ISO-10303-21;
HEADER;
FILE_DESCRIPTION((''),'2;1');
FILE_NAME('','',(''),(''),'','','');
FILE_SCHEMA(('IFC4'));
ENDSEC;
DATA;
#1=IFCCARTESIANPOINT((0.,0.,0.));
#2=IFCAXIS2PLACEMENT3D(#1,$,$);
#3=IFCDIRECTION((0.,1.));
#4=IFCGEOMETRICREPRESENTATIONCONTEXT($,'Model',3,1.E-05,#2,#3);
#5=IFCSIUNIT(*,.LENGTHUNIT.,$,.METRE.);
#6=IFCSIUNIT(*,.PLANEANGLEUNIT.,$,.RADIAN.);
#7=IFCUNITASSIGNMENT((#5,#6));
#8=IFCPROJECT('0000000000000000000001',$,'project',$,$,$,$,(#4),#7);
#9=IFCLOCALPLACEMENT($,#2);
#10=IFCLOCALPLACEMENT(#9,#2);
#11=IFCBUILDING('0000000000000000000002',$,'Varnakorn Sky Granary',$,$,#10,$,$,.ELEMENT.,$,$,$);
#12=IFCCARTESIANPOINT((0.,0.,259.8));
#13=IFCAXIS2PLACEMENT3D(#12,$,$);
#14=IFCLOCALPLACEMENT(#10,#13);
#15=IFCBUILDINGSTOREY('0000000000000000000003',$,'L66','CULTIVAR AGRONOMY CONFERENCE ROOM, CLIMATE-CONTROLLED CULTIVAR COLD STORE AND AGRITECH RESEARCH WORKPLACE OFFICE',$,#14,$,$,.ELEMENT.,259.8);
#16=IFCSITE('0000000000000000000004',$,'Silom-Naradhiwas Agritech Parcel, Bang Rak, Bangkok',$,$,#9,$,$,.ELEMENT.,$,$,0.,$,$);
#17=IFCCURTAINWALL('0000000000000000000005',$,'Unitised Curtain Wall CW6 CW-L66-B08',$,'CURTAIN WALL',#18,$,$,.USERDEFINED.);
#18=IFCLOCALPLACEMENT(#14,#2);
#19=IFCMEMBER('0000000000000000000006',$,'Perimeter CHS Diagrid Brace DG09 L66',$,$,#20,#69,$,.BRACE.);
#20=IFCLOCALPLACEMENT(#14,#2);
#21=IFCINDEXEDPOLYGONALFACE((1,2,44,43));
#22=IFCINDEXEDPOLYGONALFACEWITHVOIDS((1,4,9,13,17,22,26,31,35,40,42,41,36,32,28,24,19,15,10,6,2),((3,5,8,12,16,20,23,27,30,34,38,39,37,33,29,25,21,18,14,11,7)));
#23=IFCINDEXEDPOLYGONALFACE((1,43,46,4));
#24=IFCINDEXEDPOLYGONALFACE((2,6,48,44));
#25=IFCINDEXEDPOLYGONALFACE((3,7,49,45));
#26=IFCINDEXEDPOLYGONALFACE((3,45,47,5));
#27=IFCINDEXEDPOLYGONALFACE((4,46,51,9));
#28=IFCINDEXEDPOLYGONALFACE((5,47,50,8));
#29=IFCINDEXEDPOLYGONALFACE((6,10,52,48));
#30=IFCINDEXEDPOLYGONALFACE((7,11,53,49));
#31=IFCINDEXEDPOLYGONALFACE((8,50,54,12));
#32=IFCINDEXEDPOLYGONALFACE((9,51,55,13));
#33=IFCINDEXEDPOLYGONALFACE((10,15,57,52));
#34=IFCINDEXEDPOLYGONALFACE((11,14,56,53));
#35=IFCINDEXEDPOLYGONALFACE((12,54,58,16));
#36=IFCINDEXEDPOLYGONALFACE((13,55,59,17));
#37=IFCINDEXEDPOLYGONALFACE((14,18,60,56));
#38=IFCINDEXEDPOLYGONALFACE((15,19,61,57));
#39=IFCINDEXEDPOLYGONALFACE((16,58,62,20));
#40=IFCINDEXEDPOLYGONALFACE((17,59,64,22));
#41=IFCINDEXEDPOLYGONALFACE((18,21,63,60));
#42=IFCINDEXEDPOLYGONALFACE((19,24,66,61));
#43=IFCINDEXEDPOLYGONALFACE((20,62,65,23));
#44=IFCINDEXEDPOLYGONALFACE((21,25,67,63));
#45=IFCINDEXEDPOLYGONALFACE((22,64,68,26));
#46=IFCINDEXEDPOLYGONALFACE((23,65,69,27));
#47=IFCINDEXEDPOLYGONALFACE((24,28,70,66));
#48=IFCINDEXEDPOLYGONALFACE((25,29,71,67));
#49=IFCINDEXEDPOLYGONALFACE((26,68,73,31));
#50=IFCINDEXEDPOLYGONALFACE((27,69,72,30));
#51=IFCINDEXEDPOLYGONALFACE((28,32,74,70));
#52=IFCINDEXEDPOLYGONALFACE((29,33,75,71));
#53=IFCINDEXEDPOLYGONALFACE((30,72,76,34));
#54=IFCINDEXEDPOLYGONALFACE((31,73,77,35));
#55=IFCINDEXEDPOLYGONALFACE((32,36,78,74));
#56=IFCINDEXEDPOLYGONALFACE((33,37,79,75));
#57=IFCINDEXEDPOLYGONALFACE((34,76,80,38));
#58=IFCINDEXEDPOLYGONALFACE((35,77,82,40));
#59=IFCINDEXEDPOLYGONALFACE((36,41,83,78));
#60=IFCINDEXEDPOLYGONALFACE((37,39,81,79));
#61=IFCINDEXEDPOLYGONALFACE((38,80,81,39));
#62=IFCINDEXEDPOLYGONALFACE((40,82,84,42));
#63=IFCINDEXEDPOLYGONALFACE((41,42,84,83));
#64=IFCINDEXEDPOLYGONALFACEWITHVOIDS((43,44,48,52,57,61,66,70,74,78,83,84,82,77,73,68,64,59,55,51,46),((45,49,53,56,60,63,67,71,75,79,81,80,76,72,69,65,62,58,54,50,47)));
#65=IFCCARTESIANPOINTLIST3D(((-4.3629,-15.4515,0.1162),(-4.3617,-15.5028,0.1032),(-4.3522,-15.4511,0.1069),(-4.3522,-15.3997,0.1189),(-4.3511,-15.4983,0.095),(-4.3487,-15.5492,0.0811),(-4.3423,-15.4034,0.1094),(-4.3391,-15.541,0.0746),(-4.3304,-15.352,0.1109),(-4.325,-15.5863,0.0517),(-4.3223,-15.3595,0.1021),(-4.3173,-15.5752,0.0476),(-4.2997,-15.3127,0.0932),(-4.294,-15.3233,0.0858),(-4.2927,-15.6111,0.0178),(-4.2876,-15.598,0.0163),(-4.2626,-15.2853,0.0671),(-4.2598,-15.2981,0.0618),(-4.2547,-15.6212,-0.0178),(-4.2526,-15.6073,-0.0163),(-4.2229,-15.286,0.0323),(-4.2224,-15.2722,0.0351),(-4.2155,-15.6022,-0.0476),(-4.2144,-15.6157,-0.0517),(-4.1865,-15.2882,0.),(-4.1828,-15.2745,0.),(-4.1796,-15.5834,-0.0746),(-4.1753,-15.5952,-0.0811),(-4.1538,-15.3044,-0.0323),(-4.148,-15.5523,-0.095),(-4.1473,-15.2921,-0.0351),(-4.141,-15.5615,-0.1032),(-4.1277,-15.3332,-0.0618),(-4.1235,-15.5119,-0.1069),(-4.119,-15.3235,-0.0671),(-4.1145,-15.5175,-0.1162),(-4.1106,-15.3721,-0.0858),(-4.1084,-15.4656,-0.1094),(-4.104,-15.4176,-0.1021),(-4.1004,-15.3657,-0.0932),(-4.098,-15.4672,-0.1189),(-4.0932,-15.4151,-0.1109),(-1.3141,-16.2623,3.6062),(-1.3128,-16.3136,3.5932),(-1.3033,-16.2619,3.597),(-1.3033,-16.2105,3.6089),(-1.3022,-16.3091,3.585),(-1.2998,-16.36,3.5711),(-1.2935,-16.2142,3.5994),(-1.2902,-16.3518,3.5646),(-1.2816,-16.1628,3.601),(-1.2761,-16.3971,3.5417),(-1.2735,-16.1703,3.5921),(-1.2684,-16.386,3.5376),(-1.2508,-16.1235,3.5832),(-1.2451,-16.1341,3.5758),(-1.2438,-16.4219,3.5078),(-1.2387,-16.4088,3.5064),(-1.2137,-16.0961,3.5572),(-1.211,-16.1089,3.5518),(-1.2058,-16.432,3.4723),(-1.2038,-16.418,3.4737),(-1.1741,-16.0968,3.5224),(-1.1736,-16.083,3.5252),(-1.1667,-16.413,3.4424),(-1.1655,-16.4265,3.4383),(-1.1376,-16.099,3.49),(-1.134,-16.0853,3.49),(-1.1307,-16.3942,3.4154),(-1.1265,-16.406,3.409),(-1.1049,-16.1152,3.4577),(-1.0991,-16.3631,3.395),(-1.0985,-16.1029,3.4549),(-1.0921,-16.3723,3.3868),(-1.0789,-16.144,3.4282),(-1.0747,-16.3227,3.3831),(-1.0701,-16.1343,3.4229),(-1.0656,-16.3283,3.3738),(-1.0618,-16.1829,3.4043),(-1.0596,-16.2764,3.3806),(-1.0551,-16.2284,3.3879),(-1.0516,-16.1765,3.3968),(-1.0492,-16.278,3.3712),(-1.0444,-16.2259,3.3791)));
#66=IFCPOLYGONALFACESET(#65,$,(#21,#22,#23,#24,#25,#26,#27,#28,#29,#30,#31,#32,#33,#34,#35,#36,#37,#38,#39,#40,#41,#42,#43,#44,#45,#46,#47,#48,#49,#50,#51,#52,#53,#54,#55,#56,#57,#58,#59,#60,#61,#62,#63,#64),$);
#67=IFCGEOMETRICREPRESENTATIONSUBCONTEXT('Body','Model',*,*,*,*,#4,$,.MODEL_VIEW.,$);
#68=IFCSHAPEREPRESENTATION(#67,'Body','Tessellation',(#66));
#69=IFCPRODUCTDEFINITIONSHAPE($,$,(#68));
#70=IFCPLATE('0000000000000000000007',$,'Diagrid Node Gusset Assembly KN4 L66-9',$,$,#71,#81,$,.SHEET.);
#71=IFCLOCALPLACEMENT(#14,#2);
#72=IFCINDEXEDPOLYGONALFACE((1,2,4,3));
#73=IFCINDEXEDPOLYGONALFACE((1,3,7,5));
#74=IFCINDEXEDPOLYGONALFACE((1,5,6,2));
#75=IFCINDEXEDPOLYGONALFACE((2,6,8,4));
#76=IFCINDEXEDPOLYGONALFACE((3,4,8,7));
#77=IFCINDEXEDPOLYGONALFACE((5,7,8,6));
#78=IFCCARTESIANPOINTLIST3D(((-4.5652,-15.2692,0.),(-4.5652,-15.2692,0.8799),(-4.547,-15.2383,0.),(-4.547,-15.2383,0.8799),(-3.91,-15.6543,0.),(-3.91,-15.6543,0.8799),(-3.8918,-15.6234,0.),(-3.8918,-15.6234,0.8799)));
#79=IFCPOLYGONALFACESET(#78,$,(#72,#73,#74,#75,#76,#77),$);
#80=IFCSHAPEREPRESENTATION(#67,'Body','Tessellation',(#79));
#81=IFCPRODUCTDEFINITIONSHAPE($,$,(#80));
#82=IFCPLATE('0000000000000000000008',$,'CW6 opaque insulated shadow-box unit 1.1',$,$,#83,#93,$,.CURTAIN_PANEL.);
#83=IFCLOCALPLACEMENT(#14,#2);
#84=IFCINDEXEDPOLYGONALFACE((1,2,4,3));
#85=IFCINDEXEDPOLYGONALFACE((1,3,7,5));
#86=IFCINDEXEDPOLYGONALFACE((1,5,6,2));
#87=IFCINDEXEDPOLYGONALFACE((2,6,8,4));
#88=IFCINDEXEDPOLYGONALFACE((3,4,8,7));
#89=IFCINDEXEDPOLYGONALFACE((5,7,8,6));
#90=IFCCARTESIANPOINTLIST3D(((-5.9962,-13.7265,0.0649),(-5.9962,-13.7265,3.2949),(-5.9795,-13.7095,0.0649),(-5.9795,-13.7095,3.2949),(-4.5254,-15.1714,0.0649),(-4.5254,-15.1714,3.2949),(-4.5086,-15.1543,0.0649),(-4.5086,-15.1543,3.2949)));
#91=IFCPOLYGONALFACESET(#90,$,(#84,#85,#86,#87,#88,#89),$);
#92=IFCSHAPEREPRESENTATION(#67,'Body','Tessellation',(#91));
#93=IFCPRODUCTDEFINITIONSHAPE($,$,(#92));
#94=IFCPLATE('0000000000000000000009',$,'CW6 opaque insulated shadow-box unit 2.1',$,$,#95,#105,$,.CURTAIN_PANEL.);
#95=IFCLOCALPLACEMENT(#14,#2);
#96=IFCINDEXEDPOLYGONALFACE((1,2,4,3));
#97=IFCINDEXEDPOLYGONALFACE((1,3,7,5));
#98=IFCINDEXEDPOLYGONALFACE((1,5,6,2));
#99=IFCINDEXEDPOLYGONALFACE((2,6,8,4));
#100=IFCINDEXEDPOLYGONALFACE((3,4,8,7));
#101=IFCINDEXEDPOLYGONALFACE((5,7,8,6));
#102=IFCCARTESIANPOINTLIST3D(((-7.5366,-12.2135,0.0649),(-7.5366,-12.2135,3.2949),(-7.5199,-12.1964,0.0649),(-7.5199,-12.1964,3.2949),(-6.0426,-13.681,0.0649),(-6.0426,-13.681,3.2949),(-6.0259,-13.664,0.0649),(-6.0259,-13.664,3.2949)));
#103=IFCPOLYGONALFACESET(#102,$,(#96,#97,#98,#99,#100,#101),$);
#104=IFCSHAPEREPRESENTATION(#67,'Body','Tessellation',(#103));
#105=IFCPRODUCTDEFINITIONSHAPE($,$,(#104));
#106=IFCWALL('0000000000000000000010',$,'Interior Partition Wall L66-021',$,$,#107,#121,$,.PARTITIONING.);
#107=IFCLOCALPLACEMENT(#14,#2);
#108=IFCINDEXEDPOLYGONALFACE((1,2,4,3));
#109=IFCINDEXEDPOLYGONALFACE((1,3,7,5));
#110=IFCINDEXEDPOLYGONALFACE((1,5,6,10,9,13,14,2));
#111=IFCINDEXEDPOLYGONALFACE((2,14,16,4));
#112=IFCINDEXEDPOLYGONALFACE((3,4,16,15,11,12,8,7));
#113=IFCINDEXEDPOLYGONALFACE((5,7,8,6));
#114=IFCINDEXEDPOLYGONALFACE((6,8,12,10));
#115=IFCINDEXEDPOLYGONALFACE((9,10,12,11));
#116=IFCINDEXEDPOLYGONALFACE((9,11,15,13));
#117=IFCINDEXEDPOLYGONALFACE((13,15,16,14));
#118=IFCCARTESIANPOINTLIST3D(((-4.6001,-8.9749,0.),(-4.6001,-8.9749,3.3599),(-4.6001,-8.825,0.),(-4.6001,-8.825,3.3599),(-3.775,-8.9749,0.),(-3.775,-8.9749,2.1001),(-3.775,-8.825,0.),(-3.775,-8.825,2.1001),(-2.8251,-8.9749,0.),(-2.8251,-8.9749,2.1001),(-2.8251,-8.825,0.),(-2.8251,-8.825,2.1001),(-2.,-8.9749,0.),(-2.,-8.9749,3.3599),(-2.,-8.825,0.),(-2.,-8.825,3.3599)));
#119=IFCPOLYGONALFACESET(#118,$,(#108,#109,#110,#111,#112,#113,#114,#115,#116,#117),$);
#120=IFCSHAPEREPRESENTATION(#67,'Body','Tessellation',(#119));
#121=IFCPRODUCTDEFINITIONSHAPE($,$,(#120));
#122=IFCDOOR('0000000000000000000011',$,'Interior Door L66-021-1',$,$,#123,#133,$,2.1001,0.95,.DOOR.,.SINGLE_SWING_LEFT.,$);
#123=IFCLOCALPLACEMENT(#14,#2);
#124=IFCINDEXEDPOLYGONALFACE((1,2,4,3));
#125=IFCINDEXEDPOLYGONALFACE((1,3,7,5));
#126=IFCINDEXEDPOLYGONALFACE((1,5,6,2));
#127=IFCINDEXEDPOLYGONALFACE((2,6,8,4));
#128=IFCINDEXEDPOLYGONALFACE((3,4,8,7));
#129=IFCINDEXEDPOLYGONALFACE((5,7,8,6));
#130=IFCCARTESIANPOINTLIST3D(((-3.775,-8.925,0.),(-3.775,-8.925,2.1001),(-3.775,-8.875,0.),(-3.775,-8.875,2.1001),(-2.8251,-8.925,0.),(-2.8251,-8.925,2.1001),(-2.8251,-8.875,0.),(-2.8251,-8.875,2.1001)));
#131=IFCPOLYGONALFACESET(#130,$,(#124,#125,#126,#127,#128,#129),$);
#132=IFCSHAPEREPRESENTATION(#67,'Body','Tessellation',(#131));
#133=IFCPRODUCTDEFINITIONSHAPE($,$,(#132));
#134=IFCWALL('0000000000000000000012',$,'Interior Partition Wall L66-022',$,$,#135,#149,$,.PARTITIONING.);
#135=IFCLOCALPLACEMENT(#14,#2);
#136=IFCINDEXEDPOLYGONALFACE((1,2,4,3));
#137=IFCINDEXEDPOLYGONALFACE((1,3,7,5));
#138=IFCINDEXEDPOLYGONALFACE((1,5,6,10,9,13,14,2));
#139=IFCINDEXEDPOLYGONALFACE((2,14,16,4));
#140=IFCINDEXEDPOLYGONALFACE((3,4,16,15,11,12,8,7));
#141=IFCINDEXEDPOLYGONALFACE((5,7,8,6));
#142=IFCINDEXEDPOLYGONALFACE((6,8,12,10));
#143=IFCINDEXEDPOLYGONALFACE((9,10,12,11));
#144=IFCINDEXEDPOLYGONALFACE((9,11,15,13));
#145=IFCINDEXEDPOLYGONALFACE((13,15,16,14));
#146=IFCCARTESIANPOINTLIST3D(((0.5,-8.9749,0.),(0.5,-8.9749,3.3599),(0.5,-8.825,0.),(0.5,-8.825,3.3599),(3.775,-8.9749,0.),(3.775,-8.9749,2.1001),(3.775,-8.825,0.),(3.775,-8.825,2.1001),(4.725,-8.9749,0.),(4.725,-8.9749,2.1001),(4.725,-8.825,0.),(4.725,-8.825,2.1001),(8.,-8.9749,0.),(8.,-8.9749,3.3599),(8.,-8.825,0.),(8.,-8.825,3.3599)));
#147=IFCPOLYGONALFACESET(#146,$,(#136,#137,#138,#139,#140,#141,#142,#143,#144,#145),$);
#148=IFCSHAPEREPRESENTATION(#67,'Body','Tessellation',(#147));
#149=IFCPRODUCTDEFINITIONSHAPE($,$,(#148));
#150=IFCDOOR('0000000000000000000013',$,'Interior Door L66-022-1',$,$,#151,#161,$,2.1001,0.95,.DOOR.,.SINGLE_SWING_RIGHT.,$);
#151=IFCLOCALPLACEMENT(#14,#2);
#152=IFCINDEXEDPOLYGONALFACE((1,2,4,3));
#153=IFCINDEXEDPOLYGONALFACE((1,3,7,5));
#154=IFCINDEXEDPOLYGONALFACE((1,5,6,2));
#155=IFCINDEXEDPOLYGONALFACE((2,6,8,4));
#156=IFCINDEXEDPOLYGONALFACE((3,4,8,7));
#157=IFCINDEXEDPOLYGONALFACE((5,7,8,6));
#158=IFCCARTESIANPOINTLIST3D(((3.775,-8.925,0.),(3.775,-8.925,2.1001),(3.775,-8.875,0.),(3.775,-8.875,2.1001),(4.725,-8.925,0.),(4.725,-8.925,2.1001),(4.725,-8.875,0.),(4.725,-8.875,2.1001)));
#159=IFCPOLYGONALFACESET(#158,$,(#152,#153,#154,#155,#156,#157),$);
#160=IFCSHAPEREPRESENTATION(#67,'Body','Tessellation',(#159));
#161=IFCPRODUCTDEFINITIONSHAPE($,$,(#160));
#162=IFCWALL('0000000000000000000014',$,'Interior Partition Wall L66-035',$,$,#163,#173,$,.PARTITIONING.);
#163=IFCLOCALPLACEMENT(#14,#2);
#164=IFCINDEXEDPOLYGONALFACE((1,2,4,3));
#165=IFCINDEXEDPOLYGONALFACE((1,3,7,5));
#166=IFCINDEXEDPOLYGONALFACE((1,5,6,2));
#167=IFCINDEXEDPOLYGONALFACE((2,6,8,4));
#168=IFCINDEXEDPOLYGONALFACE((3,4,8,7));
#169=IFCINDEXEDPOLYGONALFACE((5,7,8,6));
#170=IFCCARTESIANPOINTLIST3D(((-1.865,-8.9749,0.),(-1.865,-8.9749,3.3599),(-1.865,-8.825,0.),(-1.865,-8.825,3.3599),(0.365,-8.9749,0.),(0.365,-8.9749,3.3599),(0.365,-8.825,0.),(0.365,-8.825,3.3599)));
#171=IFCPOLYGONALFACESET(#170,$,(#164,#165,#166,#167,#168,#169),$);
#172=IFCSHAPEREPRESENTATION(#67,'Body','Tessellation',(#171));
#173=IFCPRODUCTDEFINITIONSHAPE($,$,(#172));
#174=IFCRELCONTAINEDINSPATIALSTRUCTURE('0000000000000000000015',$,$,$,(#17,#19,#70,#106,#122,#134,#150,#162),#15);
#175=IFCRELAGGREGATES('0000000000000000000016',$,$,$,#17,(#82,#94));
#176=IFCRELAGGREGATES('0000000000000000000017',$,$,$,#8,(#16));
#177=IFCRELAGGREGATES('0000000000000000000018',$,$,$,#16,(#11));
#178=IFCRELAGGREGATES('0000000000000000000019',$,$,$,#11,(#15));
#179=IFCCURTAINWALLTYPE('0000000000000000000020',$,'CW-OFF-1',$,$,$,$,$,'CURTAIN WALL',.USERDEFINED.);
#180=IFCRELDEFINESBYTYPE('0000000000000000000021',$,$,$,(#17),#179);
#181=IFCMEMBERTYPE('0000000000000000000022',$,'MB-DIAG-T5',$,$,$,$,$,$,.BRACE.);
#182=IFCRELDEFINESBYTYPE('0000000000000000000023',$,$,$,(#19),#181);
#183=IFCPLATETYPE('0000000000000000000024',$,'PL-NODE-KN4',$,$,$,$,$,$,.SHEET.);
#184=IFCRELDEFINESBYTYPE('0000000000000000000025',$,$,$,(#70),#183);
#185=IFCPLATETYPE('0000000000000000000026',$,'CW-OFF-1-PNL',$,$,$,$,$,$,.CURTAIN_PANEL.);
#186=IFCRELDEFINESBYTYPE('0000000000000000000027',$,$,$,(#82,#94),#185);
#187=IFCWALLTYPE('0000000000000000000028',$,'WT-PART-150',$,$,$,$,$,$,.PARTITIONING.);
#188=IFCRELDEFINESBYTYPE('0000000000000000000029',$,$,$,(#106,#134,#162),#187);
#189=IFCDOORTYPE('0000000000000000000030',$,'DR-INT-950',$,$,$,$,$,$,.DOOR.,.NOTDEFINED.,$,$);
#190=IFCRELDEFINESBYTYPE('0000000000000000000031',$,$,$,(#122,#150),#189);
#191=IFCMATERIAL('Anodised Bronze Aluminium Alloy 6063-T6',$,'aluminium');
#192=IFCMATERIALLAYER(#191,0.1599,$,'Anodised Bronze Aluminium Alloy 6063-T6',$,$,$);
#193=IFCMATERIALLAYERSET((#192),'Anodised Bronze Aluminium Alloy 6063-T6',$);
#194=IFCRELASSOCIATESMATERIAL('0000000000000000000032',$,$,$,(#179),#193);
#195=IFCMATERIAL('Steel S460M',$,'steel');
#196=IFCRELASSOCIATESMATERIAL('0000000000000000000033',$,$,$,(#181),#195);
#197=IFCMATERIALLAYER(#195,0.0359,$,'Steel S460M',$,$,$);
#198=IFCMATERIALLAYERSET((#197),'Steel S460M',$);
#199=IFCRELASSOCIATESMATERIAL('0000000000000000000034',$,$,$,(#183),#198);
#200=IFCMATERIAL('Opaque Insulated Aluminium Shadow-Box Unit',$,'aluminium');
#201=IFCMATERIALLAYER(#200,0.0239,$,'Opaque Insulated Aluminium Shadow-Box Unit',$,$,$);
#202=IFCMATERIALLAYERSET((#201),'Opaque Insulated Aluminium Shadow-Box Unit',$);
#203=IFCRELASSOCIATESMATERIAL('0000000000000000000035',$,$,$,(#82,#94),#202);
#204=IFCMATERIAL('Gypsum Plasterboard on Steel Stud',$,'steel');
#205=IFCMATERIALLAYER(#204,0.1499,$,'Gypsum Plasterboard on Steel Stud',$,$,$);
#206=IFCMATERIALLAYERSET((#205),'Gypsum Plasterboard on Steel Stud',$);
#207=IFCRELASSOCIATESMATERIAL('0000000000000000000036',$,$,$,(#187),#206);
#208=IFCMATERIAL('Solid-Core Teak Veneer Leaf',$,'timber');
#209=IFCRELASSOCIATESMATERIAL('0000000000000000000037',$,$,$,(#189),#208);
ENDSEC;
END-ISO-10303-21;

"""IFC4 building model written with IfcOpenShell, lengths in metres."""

from ifc_helpers import new_model, si_unit, direction, frame, frame_2d, origin, origin_2d, place, context, subcontext, project, spatial, rectangle, hollow_circle, extrude, source, transform, mapped, material, layer, layer_set, material_profile, profile_set, type_object, type_shapes, element, fill, aggregate, save


model = new_model("IFC4")

# Units and contexts
model_context = context("Model", 3, precision=1e-05, world=origin(), true_north=direction((0.0, 1.0)))
body_context = subcontext(model_context, "Body", "Model", "MODEL_VIEW")
ifc_project = project(units=[si_unit("LENGTHUNIT", "METRE"), si_unit("PLANEANGLEUNIT", "RADIAN")], contexts=[model_context])

# Site, building, storey
site_placement = place(None, origin())
site = spatial("IfcSite", under=ifc_project, at=site_placement, Name="Silom-Naradhiwas Agritech Parcel, Bang Rak, Bangkok", CompositionType="ELEMENT", RefElevation=0.0)
building_placement = place(site_placement, origin())
building = spatial("IfcBuilding", under=site, at=building_placement, Name="Varnakorn Sky Granary", CompositionType="ELEMENT")
storey_placement = place(building_placement, frame((0.0, 0.0, 259.8)))
storey = spatial("IfcBuildingStorey", under=building, at=storey_placement, Name="L66", Description="CULTIVAR AGRONOMY CONFERENCE ROOM, CLIMATE-CONTROLLED CULTIVAR COLD STORE AND AGRITECH RESEARCH WORKPLACE OFFICE", CompositionType="ELEMENT", Elevation=259.8)

# Shared definitions
ifc_material_1 = material(Name="Steel S460M", Category="steel")

# Curtain wall
ifc_material_2 = material(Name="Anodised Bronze Aluminium Alloy 6063-T6", Category="aluminium")
ifc_layer_1 = layer(ifc_material_2, 0.1599, Name="Anodised Bronze Aluminium Alloy 6063-T6")
ifc_layer_set_1 = layer_set([ifc_layer_1], Name="Anodised Bronze Aluminium Alloy 6063-T6")
curtain_wall_type = type_object("IfcCurtainWallType", Name="CW-OFF-1", ElementType="CURTAIN WALL", PredefinedType="USERDEFINED", material=ifc_layer_set_1)
curtain_wall_placement = place(storey_placement, origin())
curtain_wall = element("IfcCurtainWall", 1, at=curtain_wall_placement, inside=storey, type_object=curtain_wall_type, Name="Unitised Curtain Wall CW6 CW-L66-B08", ObjectType="CURTAIN WALL", PredefinedType="USERDEFINED")

# Member
ifc_material_profile_1 = material_profile(ifc_material_1, hollow_circle(Radius=0.1777, WallThickness=0.0142, at=origin_2d()), Name="CHS 355.6x14")
ifc_profile_set_1 = profile_set([ifc_material_profile_1], Name="Steel S460M")
member_type_1 = type_object("IfcMemberType", Name="MB-DIAG-T5", PredefinedType="BRACE", material=ifc_profile_set_1)
member_1_placement = place(storey_placement, frame((-4.2285, -15.4463, 0.0), z_axis=(0.64806, -0.172342, 0.741833), x_axis=(0.257003, 0.966411, 0.0)))
element("IfcMember", 2, at=member_1_placement, inside=storey, type_object=member_type_1, Name="Perimeter CHS Diagrid Brace DG09 L66", PredefinedType="BRACE", context=body_context, shape_type="SweptSolid", body=[
    extrude(hollow_circle(Radius=0.1777, WallThickness=0.0142, at=origin_2d()), origin(), (0.0, 0.0, 1.0), 4.7046),
])

# Plates
ifc_layer_2 = layer(ifc_material_1, 0.0359, Name="Steel S460M")
ifc_layer_set_2 = layer_set([ifc_layer_2], Name="Steel S460M")
plate_type_1 = type_object("IfcPlateType", Name="PL-NODE-KN4", PredefinedType="SHEET", material=ifc_layer_set_2)
plate_1_placement = place(storey_placement, frame((-4.2285, -15.4463, 0.0), z_axis=(0.0, 0.0, 1.0), x_axis=(0.86212, -0.506704, 0.0)))
element("IfcPlate", 3, at=plate_1_placement, inside=storey, type_object=plate_type_1, Name="Diagrid Node Gusset Assembly KN4 L66-9", PredefinedType="SHEET", context=body_context, shape_type="SweptSolid", body=[
    extrude(rectangle(XDim=0.76, YDim=0.0359, at=origin_2d()), origin(), (0.0, 0.0, 1.0), 0.8799),
])
ifc_material_3 = material(Name="Opaque Insulated Aluminium Shadow-Box Unit", Category="aluminium")
ifc_layer_3 = layer(ifc_material_3, 0.0239, Name="Opaque Insulated Aluminium Shadow-Box Unit")
ifc_layer_set_3 = layer_set([ifc_layer_3], Name="Opaque Insulated Aluminium Shadow-Box Unit")
plate_type_2 = type_object("IfcPlateType", Name="CW-OFF-1-PNL", PredefinedType="CURTAIN_PANEL")
shared_shape_1 = source(origin(), body_context, "Body", "SweptSolid", [
    extrude(rectangle(XDim=2.0618, YDim=0.0239, at=origin_2d()), origin(), (0.0, 0.0, 1.0), 3.23),
])
plate_2_placement = place(storey_placement, frame((-5.2524, -14.4404, 0.0649), z_axis=(0.0, 0.0, 1.0), x_axis=(-0.713383, 0.700774, 0.0)))
plate_2 = element("IfcPlate", 4, at=plate_2_placement, type_object=plate_type_2, material=ifc_layer_set_3, Name="CW6 opaque insulated shadow-box unit 1.1", PredefinedType="CURTAIN_PANEL", context=body_context, shape_type="MappedRepresentation", body=[
    mapped(shared_shape_1, transform((0.0, 0.0, 0.0), x_axis=(1.0, 0.0, 0.0), y_axis=(0.0, 1.0, 0.0), z_axis=(0.0, 0.0, 1.0), scale=1.0)),
])
shared_shape_2 = source(origin(), body_context, "Body", "SweptSolid", [
    extrude(rectangle(XDim=2.0942, YDim=0.0239, at=origin_2d()), origin(), (0.0, 0.0, 1.0), 3.23),
])
type_shapes(plate_type_2, [shared_shape_1, shared_shape_2])
plate_3_placement = place(storey_placement, frame((-6.7812, -12.9387, 0.0649), z_axis=(0.0, 0.0, 1.0), x_axis=(-0.713383, 0.700774, 0.0)))
plate_3 = element("IfcPlate", 5, at=plate_3_placement, type_object=plate_type_2, material=ifc_layer_set_3, Name="CW6 opaque insulated shadow-box unit 2.1", PredefinedType="CURTAIN_PANEL", context=body_context, shape_type="MappedRepresentation", body=[
    mapped(shared_shape_2, transform((0.0, 0.0, 0.0), x_axis=(1.0, 0.0, 0.0), y_axis=(0.0, 1.0, 0.0), z_axis=(0.0, 0.0, 1.0), scale=1.0)),
])
aggregate(curtain_wall, [plate_2, plate_3])

# Walls, openings, doors
ifc_material_4 = material(Name="Gypsum Plasterboard on Steel Stud", Category="steel")
ifc_layer_4 = layer(ifc_material_4, 0.1499, Name="Gypsum Plasterboard on Steel Stud")
ifc_layer_set_4 = layer_set([ifc_layer_4], Name="Gypsum Plasterboard on Steel Stud")
wall_type = type_object("IfcWallType", Name="WT-PART-150", PredefinedType="PARTITIONING", material=ifc_layer_set_4)
wall_1_placement = place(storey_placement, frame((-4.6001, -8.8999, 0.0), z_axis=(0.0, 0.0, 1.0), x_axis=(1.0, 0.0, 0.0)))
wall_1 = element("IfcWall", 6, at=wall_1_placement, inside=storey, type_object=wall_type, Name="Interior Partition Wall L66-021", PredefinedType="PARTITIONING", context=body_context, shape_type="SweptSolid", body=[
    extrude(rectangle(XDim=2.6001, YDim=0.1499, at=frame_2d((1.3, 0.0))), origin(), (0.0, 0.0, 1.0), 3.3599),
])
opening_1_placement = place(wall_1_placement, frame((0.825, 0.0, 0.0)))
opening_1 = element("IfcOpeningElement", 7, at=opening_1_placement, cuts=wall_1, PredefinedType="OPENING", context=body_context, shape_type="SweptSolid", body=[
    extrude(rectangle(XDim=0.95, YDim=2.1001, at=frame_2d((0.4751, 1.05))), frame((0.0, 0.085, 0.0), z_axis=(0.0, -1.0, 0.0), x_axis=(1.0, 0.0, 0.0)), (0.0, 0.0, 1.0), 0.1699),
])
ifc_material_5 = material(Name="Solid-Core Teak Veneer Leaf", Category="timber")
door_type = type_object("IfcDoorType", Name="DR-INT-950", OperationType="NOTDEFINED", PredefinedType="DOOR", material=ifc_material_5)
door_1_placement = place(opening_1_placement, origin())
door_1 = element("IfcDoor", 8, at=door_1_placement, inside=storey, type_object=door_type, Name="Interior Door L66-021-1", OperationType="SINGLE_SWING_LEFT", OverallHeight=2.1001, OverallWidth=0.95, PredefinedType="DOOR", context=body_context, shape_type="SweptSolid", body=[
    extrude(rectangle(XDim=0.95, YDim=2.1001, at=frame_2d((0.4751, 1.05))), frame((0.0, 0.0249, 0.0), z_axis=(0.0, -1.0, 0.0), x_axis=(1.0, 0.0, 0.0)), (0.0, 0.0, 1.0), 0.05),
])
fill(opening_1, door_1)
wall_2_placement = place(storey_placement, frame((0.5, -8.8999, 0.0), z_axis=(0.0, 0.0, 1.0), x_axis=(1.0, 0.0, 0.0)))
wall_2 = element("IfcWall", 9, at=wall_2_placement, inside=storey, type_object=wall_type, Name="Interior Partition Wall L66-022", PredefinedType="PARTITIONING", context=body_context, shape_type="SweptSolid", body=[
    extrude(rectangle(XDim=7.5, YDim=0.1499, at=frame_2d((3.75, 0.0))), origin(), (0.0, 0.0, 1.0), 3.3599),
])
opening_2_placement = place(wall_2_placement, frame((3.2749, 0.0, 0.0)))
opening_2 = element("IfcOpeningElement", 10, at=opening_2_placement, cuts=wall_2, PredefinedType="OPENING", context=body_context, shape_type="SweptSolid", body=[
    extrude(rectangle(XDim=0.95, YDim=2.1001, at=frame_2d((0.4751, 1.05))), frame((0.0, 0.085, 0.0), z_axis=(0.0, -1.0, 0.0), x_axis=(1.0, 0.0, 0.0)), (0.0, 0.0, 1.0), 0.1699),
])
door_2_placement = place(opening_2_placement, origin())
door_2 = element("IfcDoor", 11, at=door_2_placement, inside=storey, type_object=door_type, Name="Interior Door L66-022-1", OperationType="SINGLE_SWING_RIGHT", OverallHeight=2.1001, OverallWidth=0.95, PredefinedType="DOOR", context=body_context, shape_type="SweptSolid", body=[
    extrude(rectangle(XDim=0.95, YDim=2.1001, at=frame_2d((0.4751, 1.05))), frame((0.0, 0.0249, 0.0), z_axis=(0.0, -1.0, 0.0), x_axis=(1.0, 0.0, 0.0)), (0.0, 0.0, 1.0), 0.05),
])
fill(opening_2, door_2)

# Wall
wall_3_placement = place(storey_placement, frame((-1.865, -8.8999, 0.0), z_axis=(0.0, 0.0, 1.0), x_axis=(1.0, 0.0, 0.0)))
element("IfcWall", 12, at=wall_3_placement, inside=storey, type_object=wall_type, Name="Interior Partition Wall L66-035", PredefinedType="PARTITIONING", context=body_context, shape_type="SweptSolid", body=[
    extrude(rectangle(XDim=2.23, YDim=0.1499, at=frame_2d((1.115, 0.0))), origin(), (0.0, 0.0, 1.0), 3.3599),
])

save(model, "model.ifc")
